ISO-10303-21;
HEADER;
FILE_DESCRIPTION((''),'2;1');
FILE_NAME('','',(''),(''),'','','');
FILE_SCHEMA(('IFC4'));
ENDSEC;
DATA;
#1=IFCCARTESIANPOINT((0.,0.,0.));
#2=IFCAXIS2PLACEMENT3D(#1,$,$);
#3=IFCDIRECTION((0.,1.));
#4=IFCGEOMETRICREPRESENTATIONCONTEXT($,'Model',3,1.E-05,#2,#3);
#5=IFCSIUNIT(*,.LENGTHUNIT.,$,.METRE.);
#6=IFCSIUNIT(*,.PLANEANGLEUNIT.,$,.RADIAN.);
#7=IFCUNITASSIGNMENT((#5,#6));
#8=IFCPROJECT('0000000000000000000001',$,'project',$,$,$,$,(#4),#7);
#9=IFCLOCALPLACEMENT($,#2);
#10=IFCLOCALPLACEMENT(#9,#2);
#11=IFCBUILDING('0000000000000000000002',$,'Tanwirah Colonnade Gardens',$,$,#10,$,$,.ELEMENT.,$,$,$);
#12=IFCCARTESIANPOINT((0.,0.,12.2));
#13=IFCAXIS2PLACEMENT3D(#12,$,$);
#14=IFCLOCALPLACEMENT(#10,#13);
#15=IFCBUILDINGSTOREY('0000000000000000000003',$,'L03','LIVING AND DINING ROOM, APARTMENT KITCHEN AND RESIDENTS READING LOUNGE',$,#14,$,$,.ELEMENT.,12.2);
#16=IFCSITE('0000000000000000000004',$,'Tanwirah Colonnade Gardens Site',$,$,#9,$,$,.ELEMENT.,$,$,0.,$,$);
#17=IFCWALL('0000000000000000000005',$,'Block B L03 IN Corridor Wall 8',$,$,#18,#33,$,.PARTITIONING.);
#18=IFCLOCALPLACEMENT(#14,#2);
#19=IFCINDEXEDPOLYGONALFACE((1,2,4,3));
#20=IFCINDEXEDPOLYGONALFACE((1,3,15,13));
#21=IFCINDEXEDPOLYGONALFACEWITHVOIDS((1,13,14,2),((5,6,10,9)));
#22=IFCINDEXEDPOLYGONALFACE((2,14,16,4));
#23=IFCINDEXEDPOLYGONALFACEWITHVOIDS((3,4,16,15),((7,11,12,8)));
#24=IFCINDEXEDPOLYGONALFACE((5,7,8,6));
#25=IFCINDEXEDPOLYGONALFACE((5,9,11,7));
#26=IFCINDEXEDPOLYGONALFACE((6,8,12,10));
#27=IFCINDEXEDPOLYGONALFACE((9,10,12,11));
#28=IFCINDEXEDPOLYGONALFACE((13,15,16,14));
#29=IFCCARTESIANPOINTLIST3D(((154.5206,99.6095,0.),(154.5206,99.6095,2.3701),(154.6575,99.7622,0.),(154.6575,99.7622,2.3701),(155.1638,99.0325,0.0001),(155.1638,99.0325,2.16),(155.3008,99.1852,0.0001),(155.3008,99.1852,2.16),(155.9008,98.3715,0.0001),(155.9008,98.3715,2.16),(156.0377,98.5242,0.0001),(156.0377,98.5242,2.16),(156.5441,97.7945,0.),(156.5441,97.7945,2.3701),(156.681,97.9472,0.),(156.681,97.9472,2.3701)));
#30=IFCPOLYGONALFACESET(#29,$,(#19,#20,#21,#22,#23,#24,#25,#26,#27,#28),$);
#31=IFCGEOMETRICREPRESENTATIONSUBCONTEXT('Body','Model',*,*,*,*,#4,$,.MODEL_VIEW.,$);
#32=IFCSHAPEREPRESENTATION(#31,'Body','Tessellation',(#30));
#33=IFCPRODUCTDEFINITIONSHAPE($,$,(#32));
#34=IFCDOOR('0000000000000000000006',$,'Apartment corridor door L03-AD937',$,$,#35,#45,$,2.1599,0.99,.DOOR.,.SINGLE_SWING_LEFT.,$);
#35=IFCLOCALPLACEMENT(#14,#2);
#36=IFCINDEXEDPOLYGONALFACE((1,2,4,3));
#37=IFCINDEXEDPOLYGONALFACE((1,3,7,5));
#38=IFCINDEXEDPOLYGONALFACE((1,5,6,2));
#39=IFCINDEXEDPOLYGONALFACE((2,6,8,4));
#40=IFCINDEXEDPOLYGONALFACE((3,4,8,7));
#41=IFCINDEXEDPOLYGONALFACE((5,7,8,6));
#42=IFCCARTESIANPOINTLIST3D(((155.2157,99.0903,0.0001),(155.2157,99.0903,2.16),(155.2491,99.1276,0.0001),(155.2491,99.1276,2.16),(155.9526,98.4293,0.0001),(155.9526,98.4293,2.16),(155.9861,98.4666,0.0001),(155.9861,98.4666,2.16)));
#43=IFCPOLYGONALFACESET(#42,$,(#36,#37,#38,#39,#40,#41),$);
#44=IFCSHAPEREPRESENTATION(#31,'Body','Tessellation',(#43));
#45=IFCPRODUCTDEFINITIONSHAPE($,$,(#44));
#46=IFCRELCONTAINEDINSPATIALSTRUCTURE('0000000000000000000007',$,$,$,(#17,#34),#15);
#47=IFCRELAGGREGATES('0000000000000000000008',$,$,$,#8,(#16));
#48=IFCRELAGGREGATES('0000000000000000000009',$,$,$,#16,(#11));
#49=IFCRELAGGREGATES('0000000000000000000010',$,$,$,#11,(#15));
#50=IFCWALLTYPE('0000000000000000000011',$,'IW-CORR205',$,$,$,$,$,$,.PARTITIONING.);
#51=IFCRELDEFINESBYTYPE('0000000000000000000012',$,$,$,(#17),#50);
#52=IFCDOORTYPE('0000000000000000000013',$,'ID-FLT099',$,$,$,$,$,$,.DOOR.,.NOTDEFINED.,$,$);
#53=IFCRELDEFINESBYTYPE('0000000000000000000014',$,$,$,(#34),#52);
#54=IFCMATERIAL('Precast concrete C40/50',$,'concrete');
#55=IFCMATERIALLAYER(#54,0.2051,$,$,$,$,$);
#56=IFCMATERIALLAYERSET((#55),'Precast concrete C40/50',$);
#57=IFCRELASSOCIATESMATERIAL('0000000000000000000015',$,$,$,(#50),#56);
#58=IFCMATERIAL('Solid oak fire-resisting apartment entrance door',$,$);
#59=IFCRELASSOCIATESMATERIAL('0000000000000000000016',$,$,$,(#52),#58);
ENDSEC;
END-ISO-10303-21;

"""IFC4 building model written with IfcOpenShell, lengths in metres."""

from ifc_helpers import new_model, si_unit, direction, frame, frame_2d, origin, place, context, subcontext, project, spatial, rectangle, extrude, material, layer, layer_set, type_object, element, fill, save


model = new_model("IFC4")

# Units and contexts
model_context = context("Model", 3, precision=1e-05, world=origin(), true_north=direction((0.0, 1.0)))
body_context = subcontext(model_context, "Body", "Model", "MODEL_VIEW")
ifc_project = project(units=[si_unit("LENGTHUNIT", "METRE"), si_unit("PLANEANGLEUNIT", "RADIAN")], contexts=[model_context])

# Site, building, storey
site_placement = place(None, origin())
site = spatial("IfcSite", under=ifc_project, at=site_placement, Name="Tanwirah Colonnade Gardens Site", CompositionType="ELEMENT", RefElevation=0.0)
building_placement = place(site_placement, origin())
building = spatial("IfcBuilding", under=site, at=building_placement, Name="Tanwirah Colonnade Gardens", CompositionType="ELEMENT")
storey_placement = place(building_placement, frame((0.0, 0.0, 12.2)))
storey = spatial("IfcBuildingStorey", under=building, at=storey_placement, Name="L03", Description="LIVING AND DINING ROOM, APARTMENT KITCHEN AND RESIDENTS READING LOUNGE", CompositionType="ELEMENT", Elevation=12.2)

# Shared definitions
ifc_material_1 = material(Name="Precast concrete C40/50", Category="concrete")

# Wall, opening, door
ifc_layer = layer(ifc_material_1, 0.2051)
ifc_layer_set = layer_set([ifc_layer], Name="Precast concrete C40/50")
wall_type = type_object("IfcWallType", Name="IW-CORR205", PredefinedType="PARTITIONING", material=ifc_layer_set)
ifc_material_2 = material(Name="Solid oak fire-resisting apartment entrance door")
door_type_1 = type_object("IfcDoorType", Name="ID-FLT099", OperationType="NOTDEFINED", PredefinedType="DOOR", material=ifc_material_2)
wall_1_placement = place(storey_placement, frame((156.6125, 97.8708, 0.0), z_axis=(0.0, 0.0, 1.0), x_axis=(-0.744419, 0.667713, 0.0)))
wall_1 = element("IfcWall", 1, at=wall_1_placement, inside=storey, type_object=wall_type, Name="Block B L03 IN Corridor Wall 8", PredefinedType="PARTITIONING", context=body_context, shape_type="SweptSolid", body=[
    extrude(rectangle(XDim=2.7183, YDim=0.2051, at=frame_2d((1.3591, 0.0))), origin(), (0.0, 0.0, 1.0), 2.3701),
])
opening_1_placement = place(wall_1_placement, frame((0.864, 0.0, 0.0)))
opening_1 = element("IfcOpeningElement", 2, at=opening_1_placement, cuts=wall_1, PredefinedType="OPENING", context=body_context, shape_type="SweptSolid", body=[
    extrude(rectangle(XDim=0.99, YDim=2.1599, at=frame_2d((0.4951, 1.0801))), frame((0.0, 0.1125, 0.0), z_axis=(0.0, -1.0, 0.0), x_axis=(1.0, 0.0, 0.0)), (0.0, 0.0, 1.0), 0.2251),
])
door_1_placement = place(opening_1_placement, origin())
door_1 = element("IfcDoor", 3, at=door_1_placement, inside=storey, type_object=door_type_1, Name="Apartment corridor door L03-AD937", OperationType="SINGLE_SWING_LEFT", OverallHeight=2.1599, OverallWidth=0.99, PredefinedType="DOOR", context=body_context, shape_type="SweptSolid", body=[
    extrude(rectangle(XDim=0.99, YDim=2.1599, at=frame_2d((0.4951, 1.0801))), frame((0.0, 0.0249, 0.0), z_axis=(0.0, -1.0, 0.0), x_axis=(1.0, 0.0, 0.0)), (0.0, 0.0, 1.0), 0.05),
])
fill(opening_1, door_1)

save(model, "model.ifc")
